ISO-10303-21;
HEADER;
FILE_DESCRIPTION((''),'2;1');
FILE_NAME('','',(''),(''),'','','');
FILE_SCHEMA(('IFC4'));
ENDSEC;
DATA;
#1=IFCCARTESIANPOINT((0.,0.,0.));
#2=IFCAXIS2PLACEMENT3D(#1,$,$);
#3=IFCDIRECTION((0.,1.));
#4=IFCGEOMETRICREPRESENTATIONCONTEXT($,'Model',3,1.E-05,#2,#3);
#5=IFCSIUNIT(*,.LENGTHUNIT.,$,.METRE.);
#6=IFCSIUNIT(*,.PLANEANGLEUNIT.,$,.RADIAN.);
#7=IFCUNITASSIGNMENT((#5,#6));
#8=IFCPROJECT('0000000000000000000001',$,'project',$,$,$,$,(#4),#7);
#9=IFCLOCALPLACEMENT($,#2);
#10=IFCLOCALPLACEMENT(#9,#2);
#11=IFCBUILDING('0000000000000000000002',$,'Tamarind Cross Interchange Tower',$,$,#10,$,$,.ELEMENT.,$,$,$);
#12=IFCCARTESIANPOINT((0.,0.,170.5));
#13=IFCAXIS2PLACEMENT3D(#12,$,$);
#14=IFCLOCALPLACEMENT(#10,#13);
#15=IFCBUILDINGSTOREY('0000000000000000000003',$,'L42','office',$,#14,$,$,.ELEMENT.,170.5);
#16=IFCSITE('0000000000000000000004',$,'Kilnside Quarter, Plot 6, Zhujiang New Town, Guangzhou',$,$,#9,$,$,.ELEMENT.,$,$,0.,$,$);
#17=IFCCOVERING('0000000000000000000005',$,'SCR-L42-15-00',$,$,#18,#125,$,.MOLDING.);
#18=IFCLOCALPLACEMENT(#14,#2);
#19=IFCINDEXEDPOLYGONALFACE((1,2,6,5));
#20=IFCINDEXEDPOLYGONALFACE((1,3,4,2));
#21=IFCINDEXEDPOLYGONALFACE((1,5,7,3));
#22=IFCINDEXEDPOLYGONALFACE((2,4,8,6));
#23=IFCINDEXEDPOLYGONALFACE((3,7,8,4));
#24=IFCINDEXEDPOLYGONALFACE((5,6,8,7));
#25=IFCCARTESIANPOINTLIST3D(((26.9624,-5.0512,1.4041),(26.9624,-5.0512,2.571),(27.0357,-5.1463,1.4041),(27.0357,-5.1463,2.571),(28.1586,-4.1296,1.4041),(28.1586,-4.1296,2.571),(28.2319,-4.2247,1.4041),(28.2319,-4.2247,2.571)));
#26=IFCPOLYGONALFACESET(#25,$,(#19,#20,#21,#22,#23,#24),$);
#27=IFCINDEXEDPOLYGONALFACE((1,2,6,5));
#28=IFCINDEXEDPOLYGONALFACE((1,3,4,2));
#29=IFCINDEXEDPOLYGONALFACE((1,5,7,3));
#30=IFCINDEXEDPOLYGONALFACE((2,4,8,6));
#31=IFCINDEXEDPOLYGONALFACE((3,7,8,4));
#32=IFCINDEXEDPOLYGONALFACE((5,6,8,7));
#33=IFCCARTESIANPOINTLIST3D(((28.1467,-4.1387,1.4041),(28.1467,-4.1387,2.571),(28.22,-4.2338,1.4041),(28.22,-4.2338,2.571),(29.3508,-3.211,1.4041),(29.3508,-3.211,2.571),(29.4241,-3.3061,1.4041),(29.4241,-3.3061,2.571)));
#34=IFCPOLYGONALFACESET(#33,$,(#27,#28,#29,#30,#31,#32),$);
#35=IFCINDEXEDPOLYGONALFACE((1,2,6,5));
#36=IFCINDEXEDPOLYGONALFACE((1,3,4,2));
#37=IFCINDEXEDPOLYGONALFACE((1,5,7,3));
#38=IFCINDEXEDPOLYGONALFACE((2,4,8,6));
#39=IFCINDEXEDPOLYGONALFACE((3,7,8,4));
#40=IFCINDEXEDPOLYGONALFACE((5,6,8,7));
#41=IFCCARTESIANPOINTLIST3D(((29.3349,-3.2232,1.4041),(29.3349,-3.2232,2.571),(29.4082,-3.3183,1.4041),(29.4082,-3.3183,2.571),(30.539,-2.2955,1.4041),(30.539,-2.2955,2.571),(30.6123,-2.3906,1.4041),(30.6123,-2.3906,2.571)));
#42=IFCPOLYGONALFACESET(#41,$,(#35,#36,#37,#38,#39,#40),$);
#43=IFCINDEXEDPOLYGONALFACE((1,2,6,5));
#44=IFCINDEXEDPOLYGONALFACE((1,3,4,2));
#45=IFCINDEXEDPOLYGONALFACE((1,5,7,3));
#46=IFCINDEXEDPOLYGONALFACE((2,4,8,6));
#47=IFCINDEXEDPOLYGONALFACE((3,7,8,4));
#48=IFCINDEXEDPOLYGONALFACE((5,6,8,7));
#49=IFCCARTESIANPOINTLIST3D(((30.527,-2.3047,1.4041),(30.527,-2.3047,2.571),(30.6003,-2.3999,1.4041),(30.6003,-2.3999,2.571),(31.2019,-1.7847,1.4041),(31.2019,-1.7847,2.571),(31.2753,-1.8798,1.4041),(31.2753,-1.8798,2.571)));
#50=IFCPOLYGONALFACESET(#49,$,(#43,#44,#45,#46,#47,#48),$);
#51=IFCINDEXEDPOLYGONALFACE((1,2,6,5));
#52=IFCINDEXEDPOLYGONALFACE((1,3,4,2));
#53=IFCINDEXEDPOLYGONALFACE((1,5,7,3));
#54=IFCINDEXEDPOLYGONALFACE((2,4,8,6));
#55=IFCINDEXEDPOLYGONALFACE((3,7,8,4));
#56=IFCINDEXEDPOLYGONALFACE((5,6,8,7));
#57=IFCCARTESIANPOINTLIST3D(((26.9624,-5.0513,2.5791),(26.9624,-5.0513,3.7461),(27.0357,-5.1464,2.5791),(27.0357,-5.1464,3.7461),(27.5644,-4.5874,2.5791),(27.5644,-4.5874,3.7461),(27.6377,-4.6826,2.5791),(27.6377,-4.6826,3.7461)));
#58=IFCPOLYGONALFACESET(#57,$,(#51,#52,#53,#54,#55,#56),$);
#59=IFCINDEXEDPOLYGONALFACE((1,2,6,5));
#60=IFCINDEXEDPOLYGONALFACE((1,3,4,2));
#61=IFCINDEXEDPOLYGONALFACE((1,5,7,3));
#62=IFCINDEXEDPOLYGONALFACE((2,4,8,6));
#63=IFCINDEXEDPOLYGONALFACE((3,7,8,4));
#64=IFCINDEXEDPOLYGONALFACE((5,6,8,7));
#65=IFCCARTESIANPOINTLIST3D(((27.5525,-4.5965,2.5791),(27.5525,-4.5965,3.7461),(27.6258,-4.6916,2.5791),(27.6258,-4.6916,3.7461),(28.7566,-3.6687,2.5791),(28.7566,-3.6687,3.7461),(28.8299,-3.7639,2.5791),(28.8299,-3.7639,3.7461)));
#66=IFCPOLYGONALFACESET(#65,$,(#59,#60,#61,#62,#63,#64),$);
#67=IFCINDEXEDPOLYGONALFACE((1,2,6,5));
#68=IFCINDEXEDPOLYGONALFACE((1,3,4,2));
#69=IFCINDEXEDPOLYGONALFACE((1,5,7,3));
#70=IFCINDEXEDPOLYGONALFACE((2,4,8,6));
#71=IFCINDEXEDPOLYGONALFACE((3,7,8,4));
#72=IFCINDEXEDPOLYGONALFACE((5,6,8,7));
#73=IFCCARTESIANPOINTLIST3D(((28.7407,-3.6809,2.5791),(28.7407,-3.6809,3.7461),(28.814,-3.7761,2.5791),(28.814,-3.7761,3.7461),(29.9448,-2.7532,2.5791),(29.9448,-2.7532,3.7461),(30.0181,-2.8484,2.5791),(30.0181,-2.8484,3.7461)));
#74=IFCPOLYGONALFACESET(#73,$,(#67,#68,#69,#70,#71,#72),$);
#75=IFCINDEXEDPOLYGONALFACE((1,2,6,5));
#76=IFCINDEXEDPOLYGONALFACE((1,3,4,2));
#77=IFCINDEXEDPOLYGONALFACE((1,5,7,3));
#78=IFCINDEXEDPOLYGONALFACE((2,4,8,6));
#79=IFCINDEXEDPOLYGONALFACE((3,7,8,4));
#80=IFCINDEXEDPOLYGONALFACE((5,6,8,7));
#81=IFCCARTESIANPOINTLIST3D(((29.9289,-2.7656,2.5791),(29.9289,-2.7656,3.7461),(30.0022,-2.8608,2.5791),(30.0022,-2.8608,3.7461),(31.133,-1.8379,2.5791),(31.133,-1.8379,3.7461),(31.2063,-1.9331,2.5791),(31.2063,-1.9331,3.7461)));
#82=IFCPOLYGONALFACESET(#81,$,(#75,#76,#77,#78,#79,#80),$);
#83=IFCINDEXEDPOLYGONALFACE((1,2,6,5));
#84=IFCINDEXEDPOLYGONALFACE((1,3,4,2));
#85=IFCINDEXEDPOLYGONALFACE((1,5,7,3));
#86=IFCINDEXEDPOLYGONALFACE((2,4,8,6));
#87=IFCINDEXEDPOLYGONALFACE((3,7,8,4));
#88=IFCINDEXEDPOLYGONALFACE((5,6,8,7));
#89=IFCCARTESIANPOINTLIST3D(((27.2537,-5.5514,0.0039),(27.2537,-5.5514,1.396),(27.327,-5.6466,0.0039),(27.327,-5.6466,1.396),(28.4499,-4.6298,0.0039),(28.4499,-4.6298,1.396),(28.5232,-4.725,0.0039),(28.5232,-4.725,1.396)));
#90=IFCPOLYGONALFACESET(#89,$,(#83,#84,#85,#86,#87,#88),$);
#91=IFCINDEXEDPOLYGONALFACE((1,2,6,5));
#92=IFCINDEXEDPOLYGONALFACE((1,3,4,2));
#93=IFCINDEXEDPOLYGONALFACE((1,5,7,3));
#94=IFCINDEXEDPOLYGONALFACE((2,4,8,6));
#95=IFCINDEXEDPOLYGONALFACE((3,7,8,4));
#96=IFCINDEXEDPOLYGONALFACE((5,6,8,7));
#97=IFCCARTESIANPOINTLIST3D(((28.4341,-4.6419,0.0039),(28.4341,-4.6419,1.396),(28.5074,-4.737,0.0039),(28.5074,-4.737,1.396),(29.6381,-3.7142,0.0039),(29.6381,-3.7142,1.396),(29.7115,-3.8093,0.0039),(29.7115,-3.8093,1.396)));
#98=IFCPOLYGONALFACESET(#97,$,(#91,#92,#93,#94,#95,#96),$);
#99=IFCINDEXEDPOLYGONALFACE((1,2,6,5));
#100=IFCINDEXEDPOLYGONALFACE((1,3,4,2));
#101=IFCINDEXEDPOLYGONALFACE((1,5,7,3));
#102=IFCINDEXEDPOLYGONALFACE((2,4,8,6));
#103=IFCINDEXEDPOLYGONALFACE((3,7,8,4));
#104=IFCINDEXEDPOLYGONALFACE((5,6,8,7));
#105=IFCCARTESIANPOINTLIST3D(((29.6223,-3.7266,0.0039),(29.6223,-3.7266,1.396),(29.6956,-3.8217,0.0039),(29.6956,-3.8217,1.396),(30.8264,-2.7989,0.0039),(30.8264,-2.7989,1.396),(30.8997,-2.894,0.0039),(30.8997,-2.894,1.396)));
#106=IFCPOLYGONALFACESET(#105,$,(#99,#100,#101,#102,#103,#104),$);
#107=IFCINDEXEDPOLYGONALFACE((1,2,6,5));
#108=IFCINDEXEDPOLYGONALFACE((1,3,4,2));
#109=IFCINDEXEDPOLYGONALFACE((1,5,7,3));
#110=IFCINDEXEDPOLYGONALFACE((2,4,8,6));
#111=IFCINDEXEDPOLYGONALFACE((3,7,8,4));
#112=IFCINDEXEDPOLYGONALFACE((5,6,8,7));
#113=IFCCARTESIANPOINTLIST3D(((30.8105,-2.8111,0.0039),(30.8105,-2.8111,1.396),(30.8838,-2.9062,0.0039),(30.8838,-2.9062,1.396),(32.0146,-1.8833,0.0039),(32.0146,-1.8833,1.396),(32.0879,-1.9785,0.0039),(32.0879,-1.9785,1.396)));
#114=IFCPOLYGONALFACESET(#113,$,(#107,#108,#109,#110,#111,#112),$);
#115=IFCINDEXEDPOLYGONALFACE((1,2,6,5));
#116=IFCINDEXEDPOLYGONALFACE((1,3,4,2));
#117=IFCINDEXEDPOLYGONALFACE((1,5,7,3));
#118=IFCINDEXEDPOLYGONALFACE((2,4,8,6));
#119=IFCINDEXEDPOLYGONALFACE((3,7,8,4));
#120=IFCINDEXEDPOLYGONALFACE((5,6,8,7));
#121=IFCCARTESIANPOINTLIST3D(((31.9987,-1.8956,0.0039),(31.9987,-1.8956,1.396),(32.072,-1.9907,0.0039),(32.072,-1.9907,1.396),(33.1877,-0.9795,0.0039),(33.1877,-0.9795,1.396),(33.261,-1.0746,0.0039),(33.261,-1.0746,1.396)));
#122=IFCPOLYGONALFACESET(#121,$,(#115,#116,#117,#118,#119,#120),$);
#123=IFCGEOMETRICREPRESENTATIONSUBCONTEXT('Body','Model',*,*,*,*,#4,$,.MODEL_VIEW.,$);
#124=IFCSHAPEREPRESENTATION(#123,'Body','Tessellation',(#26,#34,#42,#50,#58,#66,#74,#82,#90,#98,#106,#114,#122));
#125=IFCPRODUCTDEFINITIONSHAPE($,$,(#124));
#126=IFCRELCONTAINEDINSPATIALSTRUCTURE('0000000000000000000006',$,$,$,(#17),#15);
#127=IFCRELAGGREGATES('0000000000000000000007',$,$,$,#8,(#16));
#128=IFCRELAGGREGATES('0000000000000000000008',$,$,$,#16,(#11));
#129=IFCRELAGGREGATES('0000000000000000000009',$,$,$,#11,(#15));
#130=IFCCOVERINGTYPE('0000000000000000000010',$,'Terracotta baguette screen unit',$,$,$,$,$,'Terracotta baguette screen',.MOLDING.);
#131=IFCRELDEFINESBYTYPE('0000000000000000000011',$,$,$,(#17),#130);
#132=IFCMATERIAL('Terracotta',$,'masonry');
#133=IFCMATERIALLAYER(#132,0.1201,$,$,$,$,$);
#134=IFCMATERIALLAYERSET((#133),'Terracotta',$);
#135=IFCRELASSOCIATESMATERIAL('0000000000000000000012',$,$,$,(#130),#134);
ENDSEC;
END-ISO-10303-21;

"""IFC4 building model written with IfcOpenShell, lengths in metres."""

from ifc_helpers import new_model, si_unit, direction, frame, origin, origin_2d, place, context, subcontext, project, spatial, rectangle, extrude, material, layer, layer_set, type_object, element, save


model = new_model("IFC4")

# Units and contexts
model_context = context("Model", 3, precision=1e-05, world=origin(), true_north=direction((0.0, 1.0)))
body_context = subcontext(model_context, "Body", "Model", "MODEL_VIEW")
ifc_project = project(units=[si_unit("LENGTHUNIT", "METRE"), si_unit("PLANEANGLEUNIT", "RADIAN")], contexts=[model_context])

# Site, building, storey
site_placement = place(None, origin())
site = spatial("IfcSite", under=ifc_project, at=site_placement, Name="Kilnside Quarter, Plot 6, Zhujiang New Town, Guangzhou", CompositionType="ELEMENT", RefElevation=0.0)
building_placement = place(site_placement, origin())
building = spatial("IfcBuilding", under=site, at=building_placement, Name="Tamarind Cross Interchange Tower", CompositionType="ELEMENT")
storey_placement = place(building_placement, frame((0.0, 0.0, 170.5)))
storey = spatial("IfcBuildingStorey", under=building, at=storey_placement, Name="L42", Description="office", CompositionType="ELEMENT", Elevation=170.5)

# Covering
ifc_material_1 = material(Name="Terracotta", Category="masonry")
ifc_layer_1 = layer(ifc_material_1, 0.1201)
ifc_layer_set_1 = layer_set([ifc_layer_1], Name="Terracotta")
covering_type = type_object("IfcCoveringType", Name="Terracotta baguette screen unit", ElementType="Terracotta baguette screen", PredefinedType="MOLDING", material=ifc_layer_set_1)
covering_1_placement = place(storey_placement, origin())
element("IfcCovering", 1, at=covering_1_placement, inside=storey, type_object=covering_type, Name="SCR-L42-15-00", PredefinedType="MOLDING", context=body_context, shape_type="SweptSolid", body=[
    extrude(rectangle(XDim=1.51, YDim=0.1201, at=origin_2d()), frame((27.5972, -4.6379, 1.4041), z_axis=(0.0, 0.0, 1.0), x_axis=(0.792153, 0.610322, 0.0)), (0.0, 0.0, 1.0), 1.167),
    extrude(rectangle(XDim=1.52, YDim=0.1201, at=origin_2d()), frame((28.7854, -3.7224, 1.4041), z_axis=(0.0, 0.0, 1.0), x_axis=(0.792153, 0.610322, 0.0)), (0.0, 0.0, 1.0), 1.167),
    extrude(rectangle(XDim=1.52, YDim=0.1201, at=origin_2d()), frame((29.9736, -2.8069, 1.4041), z_axis=(0.0, 0.0, 1.0), x_axis=(0.792153, 0.610322, 0.0)), (0.0, 0.0, 1.0), 1.167),
    extrude(rectangle(XDim=0.8521, YDim=0.1201, at=origin_2d()), frame((30.9011, -2.0923, 1.4041), z_axis=(0.0, 0.0, 1.0), x_axis=(0.792153, 0.610322, 0.0)), (0.0, 0.0, 1.0), 1.167),
    extrude(rectangle(XDim=0.76, YDim=0.1201, at=origin_2d()), frame((27.3, -4.8669, 2.5791), z_axis=(0.0, 0.0, 1.0), x_axis=(0.792153, 0.610322, 0.0)), (0.0, 0.0, 1.0), 1.167),
    extrude(rectangle(XDim=1.52, YDim=0.1201, at=origin_2d()), frame((28.1912, -4.1802, 2.5791), z_axis=(0.0, 0.0, 1.0), x_axis=(0.792153, 0.610322, 0.0)), (0.0, 0.0, 1.0), 1.167),
    extrude(rectangle(XDim=1.52, YDim=0.1201, at=origin_2d()), frame((29.3794, -3.2646, 2.5791), z_axis=(0.0, 0.0, 1.0), x_axis=(0.792153, 0.610322, 0.0)), (0.0, 0.0, 1.0), 1.167),
    extrude(rectangle(XDim=1.52, YDim=0.1201, at=origin_2d()), frame((30.5676, -2.3494, 2.5791), z_axis=(0.0, 0.0, 1.0), x_axis=(0.792153, 0.610322, 0.0)), (0.0, 0.0, 1.0), 1.167),
    extrude(rectangle(XDim=1.51, YDim=0.1201, at=origin_2d()), frame((27.8884, -5.1382, 0.0039), z_axis=(0.0, 0.0, 1.0), x_axis=(0.792153, 0.610322, 0.0)), (0.0, 0.0, 1.0), 1.3921),
    extrude(rectangle(XDim=1.52, YDim=0.1201, at=origin_2d()), frame((29.0728, -4.2256, 0.0039), z_axis=(0.0, 0.0, 1.0), x_axis=(0.792153, 0.610322, 0.0)), (0.0, 0.0, 1.0), 1.3921),
    extrude(rectangle(XDim=1.52, YDim=0.1201, at=origin_2d()), frame((30.261, -3.3103, 0.0039), z_axis=(0.0, 0.0, 1.0), x_axis=(0.792153, 0.610322, 0.0)), (0.0, 0.0, 1.0), 1.3921),
    extrude(rectangle(XDim=1.52, YDim=0.1201, at=origin_2d()), frame((31.4492, -2.3948, 0.0039), z_axis=(0.0, 0.0, 1.0), x_axis=(0.792153, 0.610322, 0.0)), (0.0, 0.0, 1.0), 1.3921),
    extrude(rectangle(XDim=1.501, YDim=0.1201, at=origin_2d()), frame((32.6299, -1.4851, 0.0039), z_axis=(0.0, 0.0, 1.0), x_axis=(0.792153, 0.610322, 0.0)), (0.0, 0.0, 1.0), 1.3921),
])

save(model, "model.ifc")
